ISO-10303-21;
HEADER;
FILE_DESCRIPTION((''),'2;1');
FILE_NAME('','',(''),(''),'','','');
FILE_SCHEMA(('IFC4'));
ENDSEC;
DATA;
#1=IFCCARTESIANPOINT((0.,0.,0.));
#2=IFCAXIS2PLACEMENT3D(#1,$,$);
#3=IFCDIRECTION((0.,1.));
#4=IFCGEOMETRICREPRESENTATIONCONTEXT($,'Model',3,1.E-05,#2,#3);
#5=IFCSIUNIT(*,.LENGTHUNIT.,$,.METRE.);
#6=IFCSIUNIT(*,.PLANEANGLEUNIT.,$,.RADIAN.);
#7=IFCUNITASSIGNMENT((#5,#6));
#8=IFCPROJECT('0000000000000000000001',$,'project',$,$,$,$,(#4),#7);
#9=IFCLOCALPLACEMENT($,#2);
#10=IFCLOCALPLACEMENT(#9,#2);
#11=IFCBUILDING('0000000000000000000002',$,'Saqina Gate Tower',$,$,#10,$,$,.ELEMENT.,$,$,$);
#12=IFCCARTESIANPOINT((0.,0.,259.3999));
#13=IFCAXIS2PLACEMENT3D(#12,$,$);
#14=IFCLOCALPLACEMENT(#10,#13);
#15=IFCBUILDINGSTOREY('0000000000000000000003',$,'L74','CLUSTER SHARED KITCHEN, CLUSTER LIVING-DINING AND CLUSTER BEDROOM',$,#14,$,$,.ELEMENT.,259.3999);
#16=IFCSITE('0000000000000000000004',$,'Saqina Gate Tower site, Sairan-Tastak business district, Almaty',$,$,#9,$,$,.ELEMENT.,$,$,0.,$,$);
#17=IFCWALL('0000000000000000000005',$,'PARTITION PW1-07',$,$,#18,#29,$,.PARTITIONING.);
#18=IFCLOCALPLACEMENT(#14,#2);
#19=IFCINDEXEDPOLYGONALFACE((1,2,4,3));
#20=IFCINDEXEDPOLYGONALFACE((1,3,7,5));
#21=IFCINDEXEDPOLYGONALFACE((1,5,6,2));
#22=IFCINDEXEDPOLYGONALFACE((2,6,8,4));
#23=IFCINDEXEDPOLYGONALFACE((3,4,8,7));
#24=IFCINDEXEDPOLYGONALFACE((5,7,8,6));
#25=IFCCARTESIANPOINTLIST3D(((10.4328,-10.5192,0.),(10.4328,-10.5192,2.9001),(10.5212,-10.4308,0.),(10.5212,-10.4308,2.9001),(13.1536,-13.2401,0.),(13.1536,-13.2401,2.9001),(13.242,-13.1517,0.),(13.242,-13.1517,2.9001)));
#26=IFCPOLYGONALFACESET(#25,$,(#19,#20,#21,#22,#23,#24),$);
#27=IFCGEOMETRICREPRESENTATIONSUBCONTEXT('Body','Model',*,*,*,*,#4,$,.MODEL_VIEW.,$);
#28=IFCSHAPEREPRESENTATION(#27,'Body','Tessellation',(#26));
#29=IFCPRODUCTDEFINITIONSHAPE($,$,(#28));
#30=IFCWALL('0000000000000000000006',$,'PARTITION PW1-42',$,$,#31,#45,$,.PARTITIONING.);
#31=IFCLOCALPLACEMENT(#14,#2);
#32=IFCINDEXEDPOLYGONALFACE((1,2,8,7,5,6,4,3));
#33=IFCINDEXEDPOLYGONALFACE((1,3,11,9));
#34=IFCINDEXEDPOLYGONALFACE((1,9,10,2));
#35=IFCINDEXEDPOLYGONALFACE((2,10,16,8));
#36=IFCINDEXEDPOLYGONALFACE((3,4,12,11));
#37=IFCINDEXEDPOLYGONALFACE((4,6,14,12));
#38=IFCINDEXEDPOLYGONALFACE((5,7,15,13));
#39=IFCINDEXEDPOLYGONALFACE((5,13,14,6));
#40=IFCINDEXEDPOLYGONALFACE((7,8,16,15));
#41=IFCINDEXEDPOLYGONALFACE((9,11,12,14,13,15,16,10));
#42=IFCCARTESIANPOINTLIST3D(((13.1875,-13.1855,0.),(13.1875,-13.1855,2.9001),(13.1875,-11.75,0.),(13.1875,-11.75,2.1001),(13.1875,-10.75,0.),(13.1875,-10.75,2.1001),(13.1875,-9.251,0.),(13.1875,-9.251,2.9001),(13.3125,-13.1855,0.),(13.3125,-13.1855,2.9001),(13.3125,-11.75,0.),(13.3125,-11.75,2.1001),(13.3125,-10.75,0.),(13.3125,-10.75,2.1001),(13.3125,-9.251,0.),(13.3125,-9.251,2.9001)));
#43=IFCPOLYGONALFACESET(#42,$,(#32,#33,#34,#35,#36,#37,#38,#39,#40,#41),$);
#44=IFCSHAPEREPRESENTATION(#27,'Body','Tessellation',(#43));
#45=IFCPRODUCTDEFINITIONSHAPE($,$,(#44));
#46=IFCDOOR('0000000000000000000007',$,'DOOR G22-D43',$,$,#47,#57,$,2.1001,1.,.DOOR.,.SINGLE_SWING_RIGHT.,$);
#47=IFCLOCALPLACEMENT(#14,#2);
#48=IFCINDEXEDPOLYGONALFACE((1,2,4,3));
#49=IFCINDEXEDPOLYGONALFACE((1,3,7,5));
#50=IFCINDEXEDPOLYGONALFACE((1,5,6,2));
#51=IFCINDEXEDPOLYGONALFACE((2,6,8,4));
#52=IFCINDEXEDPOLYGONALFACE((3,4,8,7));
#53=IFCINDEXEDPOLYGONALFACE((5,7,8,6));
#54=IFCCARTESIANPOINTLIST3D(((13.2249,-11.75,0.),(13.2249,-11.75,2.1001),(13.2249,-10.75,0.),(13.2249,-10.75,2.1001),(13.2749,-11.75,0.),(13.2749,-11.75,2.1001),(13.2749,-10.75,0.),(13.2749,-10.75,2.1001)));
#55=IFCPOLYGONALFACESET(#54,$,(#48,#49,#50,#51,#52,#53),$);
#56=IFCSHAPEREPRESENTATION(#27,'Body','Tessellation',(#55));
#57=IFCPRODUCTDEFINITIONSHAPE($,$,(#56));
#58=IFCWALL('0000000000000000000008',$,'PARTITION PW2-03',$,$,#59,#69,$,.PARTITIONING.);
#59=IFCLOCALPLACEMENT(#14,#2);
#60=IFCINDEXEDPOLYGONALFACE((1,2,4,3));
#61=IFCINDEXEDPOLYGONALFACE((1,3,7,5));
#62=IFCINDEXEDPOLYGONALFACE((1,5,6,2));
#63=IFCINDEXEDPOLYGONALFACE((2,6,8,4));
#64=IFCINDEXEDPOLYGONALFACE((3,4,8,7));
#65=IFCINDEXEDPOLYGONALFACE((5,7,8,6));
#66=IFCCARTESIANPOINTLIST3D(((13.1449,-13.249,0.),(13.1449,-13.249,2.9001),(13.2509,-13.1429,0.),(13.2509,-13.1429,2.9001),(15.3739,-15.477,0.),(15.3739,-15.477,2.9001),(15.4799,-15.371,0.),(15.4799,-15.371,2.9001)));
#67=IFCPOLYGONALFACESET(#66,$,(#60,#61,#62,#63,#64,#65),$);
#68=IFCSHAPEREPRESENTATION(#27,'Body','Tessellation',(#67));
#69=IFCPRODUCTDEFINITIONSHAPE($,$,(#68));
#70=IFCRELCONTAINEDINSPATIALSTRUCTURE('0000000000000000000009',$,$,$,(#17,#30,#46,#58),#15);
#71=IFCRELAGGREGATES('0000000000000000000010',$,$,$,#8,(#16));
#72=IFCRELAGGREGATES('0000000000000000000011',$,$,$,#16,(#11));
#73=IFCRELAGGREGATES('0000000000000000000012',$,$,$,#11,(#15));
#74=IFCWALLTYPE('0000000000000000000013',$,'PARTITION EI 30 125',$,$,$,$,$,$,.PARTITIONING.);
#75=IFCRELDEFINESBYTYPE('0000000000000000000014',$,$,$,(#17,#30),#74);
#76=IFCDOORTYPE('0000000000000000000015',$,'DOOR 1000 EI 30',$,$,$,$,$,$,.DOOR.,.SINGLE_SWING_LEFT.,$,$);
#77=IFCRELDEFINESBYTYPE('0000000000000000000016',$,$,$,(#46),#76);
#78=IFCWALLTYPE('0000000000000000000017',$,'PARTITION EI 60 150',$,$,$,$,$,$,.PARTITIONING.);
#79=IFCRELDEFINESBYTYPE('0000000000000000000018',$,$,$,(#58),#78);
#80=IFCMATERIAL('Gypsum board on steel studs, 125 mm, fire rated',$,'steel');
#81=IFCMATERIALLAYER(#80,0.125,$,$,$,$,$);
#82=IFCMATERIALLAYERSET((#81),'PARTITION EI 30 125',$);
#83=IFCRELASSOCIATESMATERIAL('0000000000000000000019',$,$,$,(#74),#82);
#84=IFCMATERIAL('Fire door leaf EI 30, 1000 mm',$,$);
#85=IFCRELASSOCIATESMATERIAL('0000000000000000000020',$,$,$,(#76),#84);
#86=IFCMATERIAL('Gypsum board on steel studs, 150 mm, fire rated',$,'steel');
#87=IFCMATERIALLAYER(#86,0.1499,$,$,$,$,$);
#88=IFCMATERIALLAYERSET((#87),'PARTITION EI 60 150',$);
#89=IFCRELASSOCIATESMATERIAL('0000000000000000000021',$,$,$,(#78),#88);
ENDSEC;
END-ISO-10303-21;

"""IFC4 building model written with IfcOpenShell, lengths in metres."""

from ifc_helpers import new_model, si_unit, direction, frame, frame_2d, origin, place, context, subcontext, project, spatial, rectangle, extrude, material, layer, layer_set, type_object, element, fill, save


model = new_model("IFC4")

# Units and contexts
model_context = context("Model", 3, precision=1e-05, world=origin(), true_north=direction((0.0, 1.0)))
body_context = subcontext(model_context, "Body", "Model", "MODEL_VIEW")
ifc_project = project(units=[si_unit("LENGTHUNIT", "METRE"), si_unit("PLANEANGLEUNIT", "RADIAN")], contexts=[model_context])

# Site, building, storey
site_placement = place(None, origin())
site = spatial("IfcSite", under=ifc_project, at=site_placement, Name="Saqina Gate Tower site, Sairan-Tastak business district, Almaty", CompositionType="ELEMENT", RefElevation=0.0)
building_placement = place(site_placement, origin())
building = spatial("IfcBuilding", under=site, at=building_placement, Name="Saqina Gate Tower", CompositionType="ELEMENT")
storey_placement = place(building_placement, frame((0.0, 0.0, 259.3999)))
storey = spatial("IfcBuildingStorey", under=building, at=storey_placement, Name="L74", Description="CLUSTER SHARED KITCHEN, CLUSTER LIVING-DINING AND CLUSTER BEDROOM", CompositionType="ELEMENT", Elevation=259.3999)

# Wall
ifc_material_1 = material(Name="Gypsum board on steel studs, 125 mm, fire rated", Category="steel")
ifc_layer_1 = layer(ifc_material_1, 0.125)
ifc_layer_set_1 = layer_set([ifc_layer_1], Name="PARTITION EI 30 125")
wall_type_1 = type_object("IfcWallType", Name="PARTITION EI 30 125", PredefinedType="PARTITIONING", material=ifc_layer_set_1)
wall_1_placement = place(storey_placement, frame((10.4771, -10.4751, 0.0), z_axis=(0.0, 0.0, 1.0), x_axis=(0.707107, -0.707107, 0.0)))
element("IfcWall", 1, at=wall_1_placement, inside=storey, type_object=wall_type_1, Name="PARTITION PW1-07", PredefinedType="PARTITIONING", context=body_context, shape_type="SweptSolid", body=[
    extrude(rectangle(XDim=3.8479, YDim=0.125, at=frame_2d((1.9238, 0.0))), origin(), (0.0, 0.0, 1.0), 2.9001),
])

# Wall, opening, door
wall_2_placement = place(storey_placement, frame((13.25, -13.1855, 0.0), z_axis=(0.0, 0.0, 1.0), x_axis=(0.0, 1.0, 0.0)))
wall_2 = element("IfcWall", 2, at=wall_2_placement, inside=storey, type_object=wall_type_1, Name="PARTITION PW1-42", PredefinedType="PARTITIONING", context=body_context, shape_type="SweptSolid", body=[
    extrude(rectangle(XDim=3.9346, YDim=0.125, at=frame_2d((1.9673, 0.0))), origin(), (0.0, 0.0, 1.0), 2.9001),
])
opening_1_placement = place(wall_2_placement, frame((1.4355, 0.0, 0.0)))
opening_1 = element("IfcOpeningElement", 3, at=opening_1_placement, cuts=wall_2, PredefinedType="OPENING", context=body_context, shape_type="SweptSolid", body=[
    extrude(rectangle(XDim=1.0, YDim=2.1001, at=frame_2d((0.5, 1.05))), frame((0.0, 0.0745, 0.0), z_axis=(0.0, -1.0, 0.0), x_axis=(1.0, 0.0, 0.0)), (0.0, 0.0, 1.0), 0.1489),
])
ifc_material_2 = material(Name="Fire door leaf EI 30, 1000 mm")
door_type_1 = type_object("IfcDoorType", Name="DOOR 1000 EI 30", OperationType="SINGLE_SWING_LEFT", PredefinedType="DOOR", material=ifc_material_2)
door_1_placement = place(opening_1_placement, frame((1.0, 0.0, 0.0), z_axis=(0.0, 0.0, 1.0), x_axis=(-1.0, 0.0, 0.0)))
door_1 = element("IfcDoor", 4, at=door_1_placement, inside=storey, type_object=door_type_1, Name="DOOR G22-D43", OperationType="SINGLE_SWING_RIGHT", OverallHeight=2.1001, OverallWidth=1.0, PredefinedType="DOOR", context=body_context, shape_type="SweptSolid", body=[
    extrude(rectangle(XDim=1.0, YDim=2.1001, at=frame_2d((0.5, 1.05))), frame((0.0, 0.0249, 0.0), z_axis=(0.0, -1.0, 0.0), x_axis=(1.0, 0.0, 0.0)), (0.0, 0.0, 1.0), 0.05),
])
fill(opening_1, door_1)

# Wall
ifc_material_3 = material(Name="Gypsum board on steel studs, 150 mm, fire rated", Category="steel")
ifc_layer_2 = layer(ifc_material_3, 0.1499)
ifc_layer_set_2 = layer_set([ifc_layer_2], Name="PARTITION EI 60 150")
wall_type_2 = type_object("IfcWallType", Name="PARTITION EI 60 150", PredefinedType="PARTITIONING", material=ifc_layer_set_2)
wall_3_placement = place(storey_placement, frame((13.198, -13.196, 0.0), z_axis=(0.0, 0.0, 1.0), x_axis=(0.707262, -0.706952, 0.0)))
element("IfcWall", 5, at=wall_3_placement, inside=storey, type_object=wall_type_2, Name="PARTITION PW2-03", PredefinedType="PARTITIONING", context=body_context, shape_type="SweptSolid", body=[
    extrude(rectangle(XDim=3.1516, YDim=0.1499, at=frame_2d((1.5757, 0.0))), origin(), (0.0, 0.0, 1.0), 2.9001),
])

save(model, "model.ifc")
